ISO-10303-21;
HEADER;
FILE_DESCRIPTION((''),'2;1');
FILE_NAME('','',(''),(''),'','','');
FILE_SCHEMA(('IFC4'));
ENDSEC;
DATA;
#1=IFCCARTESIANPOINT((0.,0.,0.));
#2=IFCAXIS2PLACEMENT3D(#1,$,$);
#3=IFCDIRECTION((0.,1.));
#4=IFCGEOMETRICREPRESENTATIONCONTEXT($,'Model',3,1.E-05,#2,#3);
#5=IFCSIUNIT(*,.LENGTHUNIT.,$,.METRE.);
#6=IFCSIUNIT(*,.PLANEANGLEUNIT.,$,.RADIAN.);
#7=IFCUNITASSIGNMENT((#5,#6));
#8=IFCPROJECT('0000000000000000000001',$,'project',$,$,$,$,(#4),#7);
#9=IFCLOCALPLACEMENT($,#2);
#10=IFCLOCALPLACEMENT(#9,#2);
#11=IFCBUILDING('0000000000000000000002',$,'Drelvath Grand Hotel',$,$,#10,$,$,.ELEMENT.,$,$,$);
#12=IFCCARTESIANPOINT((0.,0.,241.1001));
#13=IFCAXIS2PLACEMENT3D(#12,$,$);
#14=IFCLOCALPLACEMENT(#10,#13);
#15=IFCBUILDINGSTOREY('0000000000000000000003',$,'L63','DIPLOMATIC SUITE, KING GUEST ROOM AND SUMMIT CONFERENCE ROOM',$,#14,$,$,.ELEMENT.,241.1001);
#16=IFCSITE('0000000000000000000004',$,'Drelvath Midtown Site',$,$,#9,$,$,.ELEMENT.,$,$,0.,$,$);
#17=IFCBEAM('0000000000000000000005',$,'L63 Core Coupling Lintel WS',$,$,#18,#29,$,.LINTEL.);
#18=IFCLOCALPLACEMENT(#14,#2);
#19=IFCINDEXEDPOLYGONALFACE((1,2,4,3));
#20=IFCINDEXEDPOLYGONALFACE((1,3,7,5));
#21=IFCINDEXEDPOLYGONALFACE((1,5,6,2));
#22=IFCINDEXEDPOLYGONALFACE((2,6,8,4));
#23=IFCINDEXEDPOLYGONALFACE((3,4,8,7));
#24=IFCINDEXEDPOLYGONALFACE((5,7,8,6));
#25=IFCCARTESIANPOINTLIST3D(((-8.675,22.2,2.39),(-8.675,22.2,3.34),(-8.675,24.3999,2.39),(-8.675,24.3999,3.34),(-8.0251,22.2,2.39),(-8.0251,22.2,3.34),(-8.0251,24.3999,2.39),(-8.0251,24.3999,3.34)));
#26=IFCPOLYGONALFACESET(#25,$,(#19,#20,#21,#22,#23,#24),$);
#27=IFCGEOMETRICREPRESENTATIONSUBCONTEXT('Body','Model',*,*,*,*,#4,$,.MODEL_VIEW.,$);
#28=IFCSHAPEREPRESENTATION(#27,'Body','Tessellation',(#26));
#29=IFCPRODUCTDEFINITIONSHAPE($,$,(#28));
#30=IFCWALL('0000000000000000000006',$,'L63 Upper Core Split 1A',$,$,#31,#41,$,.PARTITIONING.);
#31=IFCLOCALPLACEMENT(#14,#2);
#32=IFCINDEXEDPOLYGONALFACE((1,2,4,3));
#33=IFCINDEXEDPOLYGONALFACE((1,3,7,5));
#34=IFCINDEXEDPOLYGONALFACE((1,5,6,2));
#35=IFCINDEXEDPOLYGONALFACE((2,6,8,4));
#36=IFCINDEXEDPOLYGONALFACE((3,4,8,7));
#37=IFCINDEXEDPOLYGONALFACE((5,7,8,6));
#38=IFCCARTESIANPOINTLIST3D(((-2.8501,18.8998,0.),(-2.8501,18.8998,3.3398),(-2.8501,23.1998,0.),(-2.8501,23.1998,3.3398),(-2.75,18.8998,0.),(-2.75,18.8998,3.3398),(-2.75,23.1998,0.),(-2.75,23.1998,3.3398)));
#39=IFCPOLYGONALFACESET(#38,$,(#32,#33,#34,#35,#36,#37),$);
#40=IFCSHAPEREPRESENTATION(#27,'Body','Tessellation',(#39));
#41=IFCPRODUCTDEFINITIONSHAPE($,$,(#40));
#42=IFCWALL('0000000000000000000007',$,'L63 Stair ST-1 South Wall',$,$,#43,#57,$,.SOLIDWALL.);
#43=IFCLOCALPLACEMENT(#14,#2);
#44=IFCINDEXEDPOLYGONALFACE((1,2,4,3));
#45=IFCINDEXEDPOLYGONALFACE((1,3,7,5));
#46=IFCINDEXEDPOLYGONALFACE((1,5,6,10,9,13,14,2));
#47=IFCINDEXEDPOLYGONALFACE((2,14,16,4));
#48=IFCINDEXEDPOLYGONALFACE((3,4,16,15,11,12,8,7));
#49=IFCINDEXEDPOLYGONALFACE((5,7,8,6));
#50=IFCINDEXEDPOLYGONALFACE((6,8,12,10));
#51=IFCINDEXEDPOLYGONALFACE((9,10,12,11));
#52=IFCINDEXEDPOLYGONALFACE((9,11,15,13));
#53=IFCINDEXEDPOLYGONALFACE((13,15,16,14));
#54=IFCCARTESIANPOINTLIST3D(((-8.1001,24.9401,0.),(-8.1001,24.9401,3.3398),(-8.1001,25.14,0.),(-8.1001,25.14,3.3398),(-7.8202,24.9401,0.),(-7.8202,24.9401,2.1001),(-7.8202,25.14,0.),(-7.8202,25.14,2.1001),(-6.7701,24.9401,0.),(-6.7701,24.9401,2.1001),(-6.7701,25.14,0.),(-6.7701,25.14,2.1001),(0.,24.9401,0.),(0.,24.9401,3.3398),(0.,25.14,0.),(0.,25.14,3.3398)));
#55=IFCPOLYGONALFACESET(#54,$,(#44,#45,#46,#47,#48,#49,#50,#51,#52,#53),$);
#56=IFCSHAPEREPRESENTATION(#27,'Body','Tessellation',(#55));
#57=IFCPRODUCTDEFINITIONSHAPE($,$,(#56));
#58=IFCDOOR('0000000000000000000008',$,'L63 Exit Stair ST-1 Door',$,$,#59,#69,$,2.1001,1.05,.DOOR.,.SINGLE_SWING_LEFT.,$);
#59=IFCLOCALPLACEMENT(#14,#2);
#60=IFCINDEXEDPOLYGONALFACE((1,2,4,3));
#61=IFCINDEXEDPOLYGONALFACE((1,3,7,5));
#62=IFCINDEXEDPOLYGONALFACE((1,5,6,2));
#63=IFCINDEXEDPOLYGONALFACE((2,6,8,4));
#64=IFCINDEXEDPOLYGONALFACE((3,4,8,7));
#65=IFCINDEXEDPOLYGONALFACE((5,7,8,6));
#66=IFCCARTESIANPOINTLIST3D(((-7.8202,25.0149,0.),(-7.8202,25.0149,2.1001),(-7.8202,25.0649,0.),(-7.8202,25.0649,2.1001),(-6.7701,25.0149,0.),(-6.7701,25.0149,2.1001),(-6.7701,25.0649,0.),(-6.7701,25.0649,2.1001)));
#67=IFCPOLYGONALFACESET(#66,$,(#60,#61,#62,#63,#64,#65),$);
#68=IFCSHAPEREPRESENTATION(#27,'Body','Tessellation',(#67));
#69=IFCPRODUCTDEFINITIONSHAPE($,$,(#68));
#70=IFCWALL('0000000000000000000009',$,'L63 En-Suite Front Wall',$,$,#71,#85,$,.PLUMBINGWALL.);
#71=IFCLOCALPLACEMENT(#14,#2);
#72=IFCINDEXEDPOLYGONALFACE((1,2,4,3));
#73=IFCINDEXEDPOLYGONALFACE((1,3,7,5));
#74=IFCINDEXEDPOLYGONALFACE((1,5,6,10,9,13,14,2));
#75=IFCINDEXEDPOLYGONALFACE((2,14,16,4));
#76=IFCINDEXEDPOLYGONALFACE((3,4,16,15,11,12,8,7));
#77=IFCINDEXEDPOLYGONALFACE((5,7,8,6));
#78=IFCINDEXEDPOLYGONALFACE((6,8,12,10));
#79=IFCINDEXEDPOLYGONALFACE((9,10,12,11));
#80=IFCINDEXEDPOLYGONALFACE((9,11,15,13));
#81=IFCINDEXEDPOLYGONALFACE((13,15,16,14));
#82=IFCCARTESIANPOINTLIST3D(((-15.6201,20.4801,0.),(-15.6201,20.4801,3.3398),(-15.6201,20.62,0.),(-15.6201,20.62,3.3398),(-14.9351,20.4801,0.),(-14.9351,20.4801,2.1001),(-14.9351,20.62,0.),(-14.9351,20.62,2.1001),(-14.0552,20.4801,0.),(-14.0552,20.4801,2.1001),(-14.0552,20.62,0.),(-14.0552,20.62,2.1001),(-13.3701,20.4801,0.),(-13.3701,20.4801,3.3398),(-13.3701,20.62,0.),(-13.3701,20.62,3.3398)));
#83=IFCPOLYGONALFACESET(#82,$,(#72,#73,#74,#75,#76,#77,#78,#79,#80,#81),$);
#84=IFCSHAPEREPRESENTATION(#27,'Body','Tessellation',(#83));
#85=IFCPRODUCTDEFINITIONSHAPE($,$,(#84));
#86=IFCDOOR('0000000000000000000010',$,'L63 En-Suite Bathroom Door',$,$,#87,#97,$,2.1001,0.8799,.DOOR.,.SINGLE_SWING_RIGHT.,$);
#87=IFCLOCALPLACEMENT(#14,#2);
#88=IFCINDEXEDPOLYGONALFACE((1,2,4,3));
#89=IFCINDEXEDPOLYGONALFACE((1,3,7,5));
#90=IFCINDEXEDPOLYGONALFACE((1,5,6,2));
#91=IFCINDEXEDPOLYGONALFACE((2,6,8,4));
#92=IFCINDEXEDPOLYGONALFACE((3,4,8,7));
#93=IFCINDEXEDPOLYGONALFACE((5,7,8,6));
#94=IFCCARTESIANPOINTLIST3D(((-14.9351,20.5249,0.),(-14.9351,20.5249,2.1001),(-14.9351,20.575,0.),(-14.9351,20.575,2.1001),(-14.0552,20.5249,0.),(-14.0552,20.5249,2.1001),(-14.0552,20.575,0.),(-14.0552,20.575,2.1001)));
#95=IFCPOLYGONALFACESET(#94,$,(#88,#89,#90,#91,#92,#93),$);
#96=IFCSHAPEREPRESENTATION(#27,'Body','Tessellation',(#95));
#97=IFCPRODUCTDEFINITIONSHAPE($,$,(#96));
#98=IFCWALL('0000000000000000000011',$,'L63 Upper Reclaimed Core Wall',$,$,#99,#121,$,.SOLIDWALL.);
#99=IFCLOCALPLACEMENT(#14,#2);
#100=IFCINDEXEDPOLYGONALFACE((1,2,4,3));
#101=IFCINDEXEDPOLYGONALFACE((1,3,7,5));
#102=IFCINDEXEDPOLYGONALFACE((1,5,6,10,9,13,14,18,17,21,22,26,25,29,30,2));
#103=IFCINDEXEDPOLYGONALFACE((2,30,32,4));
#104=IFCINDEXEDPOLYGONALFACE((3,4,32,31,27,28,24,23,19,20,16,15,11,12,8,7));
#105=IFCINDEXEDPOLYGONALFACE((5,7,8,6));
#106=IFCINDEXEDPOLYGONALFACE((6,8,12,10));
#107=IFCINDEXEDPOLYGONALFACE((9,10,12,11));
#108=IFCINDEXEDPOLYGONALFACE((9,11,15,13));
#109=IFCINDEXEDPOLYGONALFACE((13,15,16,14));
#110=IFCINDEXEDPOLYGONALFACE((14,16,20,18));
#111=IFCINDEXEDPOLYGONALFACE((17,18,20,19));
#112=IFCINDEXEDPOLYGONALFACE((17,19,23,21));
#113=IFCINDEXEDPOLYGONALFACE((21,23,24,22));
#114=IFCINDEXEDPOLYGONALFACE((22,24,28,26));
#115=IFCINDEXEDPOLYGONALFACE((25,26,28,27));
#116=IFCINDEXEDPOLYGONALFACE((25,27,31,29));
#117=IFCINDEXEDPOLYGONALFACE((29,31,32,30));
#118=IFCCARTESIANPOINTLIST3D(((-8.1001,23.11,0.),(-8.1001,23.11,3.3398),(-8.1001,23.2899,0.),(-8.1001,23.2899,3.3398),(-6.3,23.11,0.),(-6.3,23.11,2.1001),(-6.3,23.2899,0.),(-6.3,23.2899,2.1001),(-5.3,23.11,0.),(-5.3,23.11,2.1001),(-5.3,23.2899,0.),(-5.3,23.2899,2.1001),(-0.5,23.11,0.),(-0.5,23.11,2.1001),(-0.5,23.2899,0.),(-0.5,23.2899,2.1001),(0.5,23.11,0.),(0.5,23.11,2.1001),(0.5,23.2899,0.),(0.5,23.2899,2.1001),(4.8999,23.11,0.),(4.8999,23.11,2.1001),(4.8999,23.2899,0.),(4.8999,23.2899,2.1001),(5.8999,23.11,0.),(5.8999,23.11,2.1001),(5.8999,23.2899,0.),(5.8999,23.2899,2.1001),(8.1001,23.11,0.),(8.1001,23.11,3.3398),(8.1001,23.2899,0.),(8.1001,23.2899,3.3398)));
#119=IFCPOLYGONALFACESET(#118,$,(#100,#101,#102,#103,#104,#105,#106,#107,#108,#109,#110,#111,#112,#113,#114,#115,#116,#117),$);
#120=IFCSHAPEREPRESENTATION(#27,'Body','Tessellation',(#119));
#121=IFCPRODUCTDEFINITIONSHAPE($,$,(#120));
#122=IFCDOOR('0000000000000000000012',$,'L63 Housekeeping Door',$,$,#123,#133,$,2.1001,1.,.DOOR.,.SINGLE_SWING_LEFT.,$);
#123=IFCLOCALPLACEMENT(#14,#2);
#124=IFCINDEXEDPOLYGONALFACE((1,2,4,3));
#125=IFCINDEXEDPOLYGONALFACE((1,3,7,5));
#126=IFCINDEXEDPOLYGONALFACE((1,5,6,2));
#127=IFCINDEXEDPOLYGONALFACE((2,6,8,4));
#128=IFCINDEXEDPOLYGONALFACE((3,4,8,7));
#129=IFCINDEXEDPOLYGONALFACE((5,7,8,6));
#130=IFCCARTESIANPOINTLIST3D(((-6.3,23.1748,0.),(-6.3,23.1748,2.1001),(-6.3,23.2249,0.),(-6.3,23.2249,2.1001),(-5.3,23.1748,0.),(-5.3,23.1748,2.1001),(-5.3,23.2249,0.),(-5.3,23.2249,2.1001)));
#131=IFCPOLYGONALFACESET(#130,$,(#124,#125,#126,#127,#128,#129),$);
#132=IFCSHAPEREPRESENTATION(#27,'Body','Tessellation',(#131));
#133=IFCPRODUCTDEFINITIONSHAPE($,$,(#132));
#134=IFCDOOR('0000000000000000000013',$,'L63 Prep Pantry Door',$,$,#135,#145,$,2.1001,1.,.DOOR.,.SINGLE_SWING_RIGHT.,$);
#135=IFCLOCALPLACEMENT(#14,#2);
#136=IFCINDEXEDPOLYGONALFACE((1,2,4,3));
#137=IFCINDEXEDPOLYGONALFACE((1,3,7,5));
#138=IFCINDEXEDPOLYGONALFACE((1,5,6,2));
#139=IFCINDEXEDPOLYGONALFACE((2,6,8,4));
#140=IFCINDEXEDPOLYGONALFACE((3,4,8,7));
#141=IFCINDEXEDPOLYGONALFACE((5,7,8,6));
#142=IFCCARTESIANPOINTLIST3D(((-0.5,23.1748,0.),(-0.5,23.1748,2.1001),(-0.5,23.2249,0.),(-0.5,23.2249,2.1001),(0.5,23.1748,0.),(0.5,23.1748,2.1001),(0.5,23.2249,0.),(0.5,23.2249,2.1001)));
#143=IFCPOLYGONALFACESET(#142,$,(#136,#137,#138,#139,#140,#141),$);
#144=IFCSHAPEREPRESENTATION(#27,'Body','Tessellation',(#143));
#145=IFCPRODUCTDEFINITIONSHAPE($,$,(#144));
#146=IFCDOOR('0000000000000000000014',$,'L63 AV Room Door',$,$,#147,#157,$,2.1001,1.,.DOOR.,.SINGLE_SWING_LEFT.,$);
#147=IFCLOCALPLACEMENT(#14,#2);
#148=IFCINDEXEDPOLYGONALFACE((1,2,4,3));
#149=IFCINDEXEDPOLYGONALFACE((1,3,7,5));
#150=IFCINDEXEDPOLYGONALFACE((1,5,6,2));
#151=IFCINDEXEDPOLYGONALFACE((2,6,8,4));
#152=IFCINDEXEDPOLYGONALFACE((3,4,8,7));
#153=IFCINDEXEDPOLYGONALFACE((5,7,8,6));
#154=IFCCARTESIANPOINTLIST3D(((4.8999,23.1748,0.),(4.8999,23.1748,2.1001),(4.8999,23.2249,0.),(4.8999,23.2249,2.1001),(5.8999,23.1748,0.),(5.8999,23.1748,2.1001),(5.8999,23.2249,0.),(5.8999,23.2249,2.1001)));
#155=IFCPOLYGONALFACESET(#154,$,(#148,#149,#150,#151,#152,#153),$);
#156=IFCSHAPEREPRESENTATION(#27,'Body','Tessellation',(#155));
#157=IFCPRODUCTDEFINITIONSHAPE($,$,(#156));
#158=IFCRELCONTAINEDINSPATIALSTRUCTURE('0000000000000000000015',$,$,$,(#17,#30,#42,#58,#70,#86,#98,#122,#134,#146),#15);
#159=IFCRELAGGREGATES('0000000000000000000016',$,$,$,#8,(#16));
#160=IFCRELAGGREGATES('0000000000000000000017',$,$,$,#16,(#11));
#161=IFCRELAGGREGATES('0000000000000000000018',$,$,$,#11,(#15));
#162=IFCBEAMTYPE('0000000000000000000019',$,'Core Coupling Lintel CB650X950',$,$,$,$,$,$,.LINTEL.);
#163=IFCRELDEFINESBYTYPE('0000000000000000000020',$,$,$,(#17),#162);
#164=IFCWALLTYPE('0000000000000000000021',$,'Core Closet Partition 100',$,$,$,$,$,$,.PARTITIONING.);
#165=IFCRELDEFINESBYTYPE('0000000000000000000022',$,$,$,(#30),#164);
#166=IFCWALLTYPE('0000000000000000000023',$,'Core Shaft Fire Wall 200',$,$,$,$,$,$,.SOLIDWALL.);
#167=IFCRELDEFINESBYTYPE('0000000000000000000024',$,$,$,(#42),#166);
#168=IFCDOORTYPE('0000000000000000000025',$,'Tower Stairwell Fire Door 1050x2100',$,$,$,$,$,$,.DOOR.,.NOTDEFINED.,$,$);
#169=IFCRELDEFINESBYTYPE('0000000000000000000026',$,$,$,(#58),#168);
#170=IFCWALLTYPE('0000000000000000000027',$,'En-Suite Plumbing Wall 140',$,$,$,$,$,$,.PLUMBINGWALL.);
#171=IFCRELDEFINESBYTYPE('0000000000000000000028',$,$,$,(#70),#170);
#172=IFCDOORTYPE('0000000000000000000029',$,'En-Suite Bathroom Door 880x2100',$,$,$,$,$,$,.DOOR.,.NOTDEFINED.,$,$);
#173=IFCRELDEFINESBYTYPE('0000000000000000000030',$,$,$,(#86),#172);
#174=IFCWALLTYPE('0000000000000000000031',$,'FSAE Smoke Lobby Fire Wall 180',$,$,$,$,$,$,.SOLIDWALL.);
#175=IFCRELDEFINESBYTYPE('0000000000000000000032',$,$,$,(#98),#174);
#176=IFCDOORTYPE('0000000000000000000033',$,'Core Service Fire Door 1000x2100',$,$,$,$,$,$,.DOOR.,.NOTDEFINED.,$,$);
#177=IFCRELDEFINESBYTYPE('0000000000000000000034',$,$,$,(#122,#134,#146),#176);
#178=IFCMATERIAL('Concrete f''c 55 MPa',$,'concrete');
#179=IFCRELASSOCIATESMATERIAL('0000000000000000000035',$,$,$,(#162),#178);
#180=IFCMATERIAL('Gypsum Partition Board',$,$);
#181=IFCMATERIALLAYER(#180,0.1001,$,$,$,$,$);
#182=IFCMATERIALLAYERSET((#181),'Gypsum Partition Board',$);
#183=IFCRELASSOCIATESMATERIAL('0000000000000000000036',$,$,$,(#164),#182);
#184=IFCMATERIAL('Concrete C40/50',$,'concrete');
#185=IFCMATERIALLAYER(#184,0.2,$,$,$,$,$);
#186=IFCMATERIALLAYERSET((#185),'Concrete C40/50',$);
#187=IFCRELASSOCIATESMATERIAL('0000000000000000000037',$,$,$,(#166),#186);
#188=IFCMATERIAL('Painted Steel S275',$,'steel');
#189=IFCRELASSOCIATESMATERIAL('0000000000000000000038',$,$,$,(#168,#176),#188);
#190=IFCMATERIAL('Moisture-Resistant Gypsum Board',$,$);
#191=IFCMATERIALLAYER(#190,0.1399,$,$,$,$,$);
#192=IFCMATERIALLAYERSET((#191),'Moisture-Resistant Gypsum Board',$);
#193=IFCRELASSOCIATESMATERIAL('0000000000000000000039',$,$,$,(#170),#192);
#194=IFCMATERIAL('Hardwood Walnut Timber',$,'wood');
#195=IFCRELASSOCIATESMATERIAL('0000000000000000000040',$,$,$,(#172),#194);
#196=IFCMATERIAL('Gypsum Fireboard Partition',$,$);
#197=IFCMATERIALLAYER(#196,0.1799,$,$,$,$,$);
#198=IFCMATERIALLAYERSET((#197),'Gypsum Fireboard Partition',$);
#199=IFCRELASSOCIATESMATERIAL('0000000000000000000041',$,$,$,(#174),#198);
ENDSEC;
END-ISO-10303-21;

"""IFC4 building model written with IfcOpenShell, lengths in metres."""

from ifc_helpers import new_model, si_unit, direction, frame, frame_2d, origin, origin_2d, place, context, subcontext, project, spatial, rectangle, extrude, material, layer, layer_set, material_profile, profile_set, type_object, element, fill, save


model = new_model("IFC4")

# Units and contexts
model_context = context("Model", 3, precision=1e-05, world=origin(), true_north=direction((0.0, 1.0)))
body_context = subcontext(model_context, "Body", "Model", "MODEL_VIEW")
ifc_project = project(units=[si_unit("LENGTHUNIT", "METRE"), si_unit("PLANEANGLEUNIT", "RADIAN")], contexts=[model_context])

# Site, building, storey
site_placement = place(None, origin())
site = spatial("IfcSite", under=ifc_project, at=site_placement, Name="Drelvath Midtown Site", CompositionType="ELEMENT", RefElevation=0.0)
building_placement = place(site_placement, origin())
building = spatial("IfcBuilding", under=site, at=building_placement, Name="Drelvath Grand Hotel", CompositionType="ELEMENT")
storey_placement = place(building_placement, frame((0.0, 0.0, 241.1001)))
storey = spatial("IfcBuildingStorey", under=building, at=storey_placement, Name="L63", Description="DIPLOMATIC SUITE, KING GUEST ROOM AND SUMMIT CONFERENCE ROOM", CompositionType="ELEMENT", Elevation=241.1001)

# Beam
ifc_material_1 = material(Name="Concrete f'c 55 MPa", Category="concrete")
ifc_material_profile = material_profile(ifc_material_1, rectangle(XDim=0.6499, YDim=0.95, at=origin_2d()), Name="CB650X950")
ifc_profile_set = profile_set([ifc_material_profile], Name="Concrete f'c 55 MPa")
beam_type = type_object("IfcBeamType", Name="Core Coupling Lintel CB650X950", PredefinedType="LINTEL", material=ifc_profile_set)
beam_placement = place(storey_placement, frame((-8.3501, 22.2, 2.865), z_axis=(0.0, 1.0, 0.0), x_axis=(-1.0, 0.0, 0.0)))
element("IfcBeam", 1, at=beam_placement, inside=storey, type_object=beam_type, Name="L63 Core Coupling Lintel WS", PredefinedType="LINTEL", context=body_context, shape_type="SweptSolid", body=[
    extrude(rectangle(XDim=0.6499, YDim=0.95, at=origin_2d()), origin(), (0.0, 0.0, 1.0), 2.2),
])

# Wall
ifc_material_2 = material(Name="Gypsum Partition Board")
ifc_layer_1 = layer(ifc_material_2, 0.1001)
ifc_layer_set_1 = layer_set([ifc_layer_1], Name="Gypsum Partition Board")
wall_type_1 = type_object("IfcWallType", Name="Core Closet Partition 100", PredefinedType="PARTITIONING", material=ifc_layer_set_1)
wall_1_placement = place(storey_placement, frame((-2.8, 18.8999, 0.0), z_axis=(0.0, 0.0, 1.0), x_axis=(0.0, 1.0, 0.0)))
element("IfcWall", 2, at=wall_1_placement, inside=storey, type_object=wall_type_1, Name="L63 Upper Core Split 1A", PredefinedType="PARTITIONING", context=body_context, shape_type="SweptSolid", body=[
    extrude(rectangle(XDim=4.3, YDim=0.1001, at=frame_2d((2.1499, 0.0))), origin(), (0.0, 0.0, 1.0), 3.3398),
])

# Walls, openings, doors
ifc_material_3 = material(Name="Concrete C40/50", Category="concrete")
ifc_layer_2 = layer(ifc_material_3, 0.2)
ifc_layer_set_2 = layer_set([ifc_layer_2], Name="Concrete C40/50")
wall_type_2 = type_object("IfcWallType", Name="Core Shaft Fire Wall 200", PredefinedType="SOLIDWALL", material=ifc_layer_set_2)
wall_2_placement = place(storey_placement, frame((-8.1001, 25.04, 0.0), z_axis=(0.0, 0.0, 1.0), x_axis=(1.0, 0.0, 0.0)))
wall_2 = element("IfcWall", 3, at=wall_2_placement, inside=storey, type_object=wall_type_2, Name="L63 Stair ST-1 South Wall", PredefinedType="SOLIDWALL", context=body_context, shape_type="SweptSolid", body=[
    extrude(rectangle(XDim=8.1001, YDim=0.2, at=frame_2d((4.05, 0.0))), origin(), (0.0, 0.0, 1.0), 3.3398),
])
opening_1_placement = place(wall_2_placement, frame((0.28, 0.0, 0.0)))
opening_1 = element("IfcOpeningElement", 4, at=opening_1_placement, cuts=wall_2, PredefinedType="OPENING", context=body_context, shape_type="SweptSolid", body=[
    extrude(rectangle(XDim=1.05, YDim=2.1001, at=frame_2d((0.5249, 1.05))), frame((0.0, 0.1099, 0.0), z_axis=(0.0, -1.0, 0.0), x_axis=(1.0, 0.0, 0.0)), (0.0, 0.0, 1.0), 0.22),
])
ifc_material_4 = material(Name="Painted Steel S275", Category="steel")
door_type_1 = type_object("IfcDoorType", Name="Tower Stairwell Fire Door 1050x2100", OperationType="NOTDEFINED", PredefinedType="DOOR", material=ifc_material_4)
door_1_placement = place(opening_1_placement, origin())
door_1 = element("IfcDoor", 5, at=door_1_placement, inside=storey, type_object=door_type_1, Name="L63 Exit Stair ST-1 Door", OperationType="SINGLE_SWING_LEFT", OverallHeight=2.1001, OverallWidth=1.05, PredefinedType="DOOR", context=body_context, shape_type="SweptSolid", body=[
    extrude(rectangle(XDim=1.05, YDim=2.1001, at=frame_2d((0.5249, 1.05))), frame((0.0, 0.0249, 0.0), z_axis=(0.0, -1.0, 0.0), x_axis=(1.0, 0.0, 0.0)), (0.0, 0.0, 1.0), 0.05),
])
fill(opening_1, door_1)
ifc_material_5 = material(Name="Moisture-Resistant Gypsum Board")
ifc_layer_3 = layer(ifc_material_5, 0.1399)
ifc_layer_set_3 = layer_set([ifc_layer_3], Name="Moisture-Resistant Gypsum Board")
wall_type_3 = type_object("IfcWallType", Name="En-Suite Plumbing Wall 140", PredefinedType="PLUMBINGWALL", material=ifc_layer_set_3)
wall_3_placement = place(storey_placement, frame((-15.6201, 20.55, 0.0), z_axis=(0.0, 0.0, 1.0), x_axis=(1.0, 0.0, 0.0)))
wall_3 = element("IfcWall", 6, at=wall_3_placement, inside=storey, type_object=wall_type_3, Name="L63 En-Suite Front Wall", PredefinedType="PLUMBINGWALL", context=body_context, shape_type="SweptSolid", body=[
    extrude(rectangle(XDim=2.25, YDim=0.1399, at=frame_2d((1.125, 0.0))), origin(), (0.0, 0.0, 1.0), 3.3398),
])
opening_2_placement = place(wall_3_placement, frame((0.6851, 0.0, 0.0)))
opening_2 = element("IfcOpeningElement", 7, at=opening_2_placement, cuts=wall_3, PredefinedType="OPENING", context=body_context, shape_type="SweptSolid", body=[
    extrude(rectangle(XDim=0.8799, YDim=2.1001, at=frame_2d((0.4399, 1.05))), frame((0.0, 0.0798, 0.0), z_axis=(0.0, -1.0, 0.0), x_axis=(1.0, 0.0, 0.0)), (0.0, 0.0, 1.0), 0.1599),
])
ifc_material_6 = material(Name="Hardwood Walnut Timber", Category="wood")
door_type_2 = type_object("IfcDoorType", Name="En-Suite Bathroom Door 880x2100", OperationType="NOTDEFINED", PredefinedType="DOOR", material=ifc_material_6)
door_2_placement = place(opening_2_placement, origin())
door_2 = element("IfcDoor", 8, at=door_2_placement, inside=storey, type_object=door_type_2, Name="L63 En-Suite Bathroom Door", OperationType="SINGLE_SWING_RIGHT", OverallHeight=2.1001, OverallWidth=0.8799, PredefinedType="DOOR", context=body_context, shape_type="SweptSolid", body=[
    extrude(rectangle(XDim=0.8799, YDim=2.1001, at=frame_2d((0.4399, 1.05))), frame((0.0, 0.0249, 0.0), z_axis=(0.0, -1.0, 0.0), x_axis=(1.0, 0.0, 0.0)), (0.0, 0.0, 1.0), 0.05),
])
fill(opening_2, door_2)

# Wall, openings, doors
ifc_material_7 = material(Name="Gypsum Fireboard Partition")
ifc_layer_4 = layer(ifc_material_7, 0.1799)
ifc_layer_set_4 = layer_set([ifc_layer_4], Name="Gypsum Fireboard Partition")
wall_type_4 = type_object("IfcWallType", Name="FSAE Smoke Lobby Fire Wall 180", PredefinedType="SOLIDWALL", material=ifc_layer_set_4)
wall_4_placement = place(storey_placement, frame((-8.1001, 23.2, 0.0), z_axis=(0.0, 0.0, 1.0), x_axis=(1.0, 0.0, 0.0)))
wall_4 = element("IfcWall", 9, at=wall_4_placement, inside=storey, type_object=wall_type_4, Name="L63 Upper Reclaimed Core Wall", PredefinedType="SOLIDWALL", context=body_context, shape_type="SweptSolid", body=[
    extrude(rectangle(XDim=16.2002, YDim=0.1799, at=frame_2d((8.1001, 0.0))), origin(), (0.0, 0.0, 1.0), 3.3398),
])
opening_3_placement = place(wall_4_placement, frame((1.8, 0.0, 0.0)))
opening_3 = element("IfcOpeningElement", 10, at=opening_3_placement, cuts=wall_4, PredefinedType="OPENING", context=body_context, shape_type="SweptSolid", body=[
    extrude(rectangle(XDim=1.0, YDim=2.1001, at=frame_2d((0.5, 1.05))), frame((0.0, 0.0999, 0.0), z_axis=(0.0, -1.0, 0.0), x_axis=(1.0, 0.0, 0.0)), (0.0, 0.0, 1.0), 0.2),
])
opening_4_placement = place(wall_4_placement, frame((7.6001, 0.0, 0.0)))
opening_4 = element("IfcOpeningElement", 11, at=opening_4_placement, cuts=wall_4, PredefinedType="OPENING", context=body_context, shape_type="SweptSolid", body=[
    extrude(rectangle(XDim=1.0, YDim=2.1001, at=frame_2d((0.5, 1.05))), frame((0.0, 0.0999, 0.0), z_axis=(0.0, -1.0, 0.0), x_axis=(1.0, 0.0, 0.0)), (0.0, 0.0, 1.0), 0.2),
])
opening_5_placement = place(wall_4_placement, frame((13.0, 0.0, 0.0)))
opening_5 = element("IfcOpeningElement", 12, at=opening_5_placement, cuts=wall_4, PredefinedType="OPENING", context=body_context, shape_type="SweptSolid", body=[
    extrude(rectangle(XDim=1.0, YDim=2.1001, at=frame_2d((0.5, 1.05))), frame((0.0, 0.0999, 0.0), z_axis=(0.0, -1.0, 0.0), x_axis=(1.0, 0.0, 0.0)), (0.0, 0.0, 1.0), 0.2),
])
door_type_3 = type_object("IfcDoorType", Name="Core Service Fire Door 1000x2100", OperationType="NOTDEFINED", PredefinedType="DOOR", material=ifc_material_4)
door_3_placement = place(opening_3_placement, origin())
door_3 = element("IfcDoor", 13, at=door_3_placement, inside=storey, type_object=door_type_3, Name="L63 Housekeeping Door", OperationType="SINGLE_SWING_LEFT", OverallHeight=2.1001, OverallWidth=1.0, PredefinedType="DOOR", context=body_context, shape_type="SweptSolid", body=[
    extrude(rectangle(XDim=1.0, YDim=2.1001, at=frame_2d((0.5, 1.05))), frame((0.0, 0.0249, 0.0), z_axis=(0.0, -1.0, 0.0), x_axis=(1.0, 0.0, 0.0)), (0.0, 0.0, 1.0), 0.05),
])
fill(opening_3, door_3)
door_4_placement = place(opening_4_placement, origin())
door_4 = element("IfcDoor", 14, at=door_4_placement, inside=storey, type_object=door_type_3, Name="L63 Prep Pantry Door", OperationType="SINGLE_SWING_RIGHT", OverallHeight=2.1001, OverallWidth=1.0, PredefinedType="DOOR", context=body_context, shape_type="SweptSolid", body=[
    extrude(rectangle(XDim=1.0, YDim=2.1001, at=frame_2d((0.5, 1.05))), frame((0.0, 0.0249, 0.0), z_axis=(0.0, -1.0, 0.0), x_axis=(1.0, 0.0, 0.0)), (0.0, 0.0, 1.0), 0.05),
])
fill(opening_4, door_4)
door_5_placement = place(opening_5_placement, origin())
door_5 = element("IfcDoor", 15, at=door_5_placement, inside=storey, type_object=door_type_3, Name="L63 AV Room Door", OperationType="SINGLE_SWING_LEFT", OverallHeight=2.1001, OverallWidth=1.0, PredefinedType="DOOR", context=body_context, shape_type="SweptSolid", body=[
    extrude(rectangle(XDim=1.0, YDim=2.1001, at=frame_2d((0.5, 1.05))), frame((0.0, 0.0249, 0.0), z_axis=(0.0, -1.0, 0.0), x_axis=(1.0, 0.0, 0.0)), (0.0, 0.0, 1.0), 0.05),
])
fill(opening_5, door_5)

save(model, "model.ifc")
